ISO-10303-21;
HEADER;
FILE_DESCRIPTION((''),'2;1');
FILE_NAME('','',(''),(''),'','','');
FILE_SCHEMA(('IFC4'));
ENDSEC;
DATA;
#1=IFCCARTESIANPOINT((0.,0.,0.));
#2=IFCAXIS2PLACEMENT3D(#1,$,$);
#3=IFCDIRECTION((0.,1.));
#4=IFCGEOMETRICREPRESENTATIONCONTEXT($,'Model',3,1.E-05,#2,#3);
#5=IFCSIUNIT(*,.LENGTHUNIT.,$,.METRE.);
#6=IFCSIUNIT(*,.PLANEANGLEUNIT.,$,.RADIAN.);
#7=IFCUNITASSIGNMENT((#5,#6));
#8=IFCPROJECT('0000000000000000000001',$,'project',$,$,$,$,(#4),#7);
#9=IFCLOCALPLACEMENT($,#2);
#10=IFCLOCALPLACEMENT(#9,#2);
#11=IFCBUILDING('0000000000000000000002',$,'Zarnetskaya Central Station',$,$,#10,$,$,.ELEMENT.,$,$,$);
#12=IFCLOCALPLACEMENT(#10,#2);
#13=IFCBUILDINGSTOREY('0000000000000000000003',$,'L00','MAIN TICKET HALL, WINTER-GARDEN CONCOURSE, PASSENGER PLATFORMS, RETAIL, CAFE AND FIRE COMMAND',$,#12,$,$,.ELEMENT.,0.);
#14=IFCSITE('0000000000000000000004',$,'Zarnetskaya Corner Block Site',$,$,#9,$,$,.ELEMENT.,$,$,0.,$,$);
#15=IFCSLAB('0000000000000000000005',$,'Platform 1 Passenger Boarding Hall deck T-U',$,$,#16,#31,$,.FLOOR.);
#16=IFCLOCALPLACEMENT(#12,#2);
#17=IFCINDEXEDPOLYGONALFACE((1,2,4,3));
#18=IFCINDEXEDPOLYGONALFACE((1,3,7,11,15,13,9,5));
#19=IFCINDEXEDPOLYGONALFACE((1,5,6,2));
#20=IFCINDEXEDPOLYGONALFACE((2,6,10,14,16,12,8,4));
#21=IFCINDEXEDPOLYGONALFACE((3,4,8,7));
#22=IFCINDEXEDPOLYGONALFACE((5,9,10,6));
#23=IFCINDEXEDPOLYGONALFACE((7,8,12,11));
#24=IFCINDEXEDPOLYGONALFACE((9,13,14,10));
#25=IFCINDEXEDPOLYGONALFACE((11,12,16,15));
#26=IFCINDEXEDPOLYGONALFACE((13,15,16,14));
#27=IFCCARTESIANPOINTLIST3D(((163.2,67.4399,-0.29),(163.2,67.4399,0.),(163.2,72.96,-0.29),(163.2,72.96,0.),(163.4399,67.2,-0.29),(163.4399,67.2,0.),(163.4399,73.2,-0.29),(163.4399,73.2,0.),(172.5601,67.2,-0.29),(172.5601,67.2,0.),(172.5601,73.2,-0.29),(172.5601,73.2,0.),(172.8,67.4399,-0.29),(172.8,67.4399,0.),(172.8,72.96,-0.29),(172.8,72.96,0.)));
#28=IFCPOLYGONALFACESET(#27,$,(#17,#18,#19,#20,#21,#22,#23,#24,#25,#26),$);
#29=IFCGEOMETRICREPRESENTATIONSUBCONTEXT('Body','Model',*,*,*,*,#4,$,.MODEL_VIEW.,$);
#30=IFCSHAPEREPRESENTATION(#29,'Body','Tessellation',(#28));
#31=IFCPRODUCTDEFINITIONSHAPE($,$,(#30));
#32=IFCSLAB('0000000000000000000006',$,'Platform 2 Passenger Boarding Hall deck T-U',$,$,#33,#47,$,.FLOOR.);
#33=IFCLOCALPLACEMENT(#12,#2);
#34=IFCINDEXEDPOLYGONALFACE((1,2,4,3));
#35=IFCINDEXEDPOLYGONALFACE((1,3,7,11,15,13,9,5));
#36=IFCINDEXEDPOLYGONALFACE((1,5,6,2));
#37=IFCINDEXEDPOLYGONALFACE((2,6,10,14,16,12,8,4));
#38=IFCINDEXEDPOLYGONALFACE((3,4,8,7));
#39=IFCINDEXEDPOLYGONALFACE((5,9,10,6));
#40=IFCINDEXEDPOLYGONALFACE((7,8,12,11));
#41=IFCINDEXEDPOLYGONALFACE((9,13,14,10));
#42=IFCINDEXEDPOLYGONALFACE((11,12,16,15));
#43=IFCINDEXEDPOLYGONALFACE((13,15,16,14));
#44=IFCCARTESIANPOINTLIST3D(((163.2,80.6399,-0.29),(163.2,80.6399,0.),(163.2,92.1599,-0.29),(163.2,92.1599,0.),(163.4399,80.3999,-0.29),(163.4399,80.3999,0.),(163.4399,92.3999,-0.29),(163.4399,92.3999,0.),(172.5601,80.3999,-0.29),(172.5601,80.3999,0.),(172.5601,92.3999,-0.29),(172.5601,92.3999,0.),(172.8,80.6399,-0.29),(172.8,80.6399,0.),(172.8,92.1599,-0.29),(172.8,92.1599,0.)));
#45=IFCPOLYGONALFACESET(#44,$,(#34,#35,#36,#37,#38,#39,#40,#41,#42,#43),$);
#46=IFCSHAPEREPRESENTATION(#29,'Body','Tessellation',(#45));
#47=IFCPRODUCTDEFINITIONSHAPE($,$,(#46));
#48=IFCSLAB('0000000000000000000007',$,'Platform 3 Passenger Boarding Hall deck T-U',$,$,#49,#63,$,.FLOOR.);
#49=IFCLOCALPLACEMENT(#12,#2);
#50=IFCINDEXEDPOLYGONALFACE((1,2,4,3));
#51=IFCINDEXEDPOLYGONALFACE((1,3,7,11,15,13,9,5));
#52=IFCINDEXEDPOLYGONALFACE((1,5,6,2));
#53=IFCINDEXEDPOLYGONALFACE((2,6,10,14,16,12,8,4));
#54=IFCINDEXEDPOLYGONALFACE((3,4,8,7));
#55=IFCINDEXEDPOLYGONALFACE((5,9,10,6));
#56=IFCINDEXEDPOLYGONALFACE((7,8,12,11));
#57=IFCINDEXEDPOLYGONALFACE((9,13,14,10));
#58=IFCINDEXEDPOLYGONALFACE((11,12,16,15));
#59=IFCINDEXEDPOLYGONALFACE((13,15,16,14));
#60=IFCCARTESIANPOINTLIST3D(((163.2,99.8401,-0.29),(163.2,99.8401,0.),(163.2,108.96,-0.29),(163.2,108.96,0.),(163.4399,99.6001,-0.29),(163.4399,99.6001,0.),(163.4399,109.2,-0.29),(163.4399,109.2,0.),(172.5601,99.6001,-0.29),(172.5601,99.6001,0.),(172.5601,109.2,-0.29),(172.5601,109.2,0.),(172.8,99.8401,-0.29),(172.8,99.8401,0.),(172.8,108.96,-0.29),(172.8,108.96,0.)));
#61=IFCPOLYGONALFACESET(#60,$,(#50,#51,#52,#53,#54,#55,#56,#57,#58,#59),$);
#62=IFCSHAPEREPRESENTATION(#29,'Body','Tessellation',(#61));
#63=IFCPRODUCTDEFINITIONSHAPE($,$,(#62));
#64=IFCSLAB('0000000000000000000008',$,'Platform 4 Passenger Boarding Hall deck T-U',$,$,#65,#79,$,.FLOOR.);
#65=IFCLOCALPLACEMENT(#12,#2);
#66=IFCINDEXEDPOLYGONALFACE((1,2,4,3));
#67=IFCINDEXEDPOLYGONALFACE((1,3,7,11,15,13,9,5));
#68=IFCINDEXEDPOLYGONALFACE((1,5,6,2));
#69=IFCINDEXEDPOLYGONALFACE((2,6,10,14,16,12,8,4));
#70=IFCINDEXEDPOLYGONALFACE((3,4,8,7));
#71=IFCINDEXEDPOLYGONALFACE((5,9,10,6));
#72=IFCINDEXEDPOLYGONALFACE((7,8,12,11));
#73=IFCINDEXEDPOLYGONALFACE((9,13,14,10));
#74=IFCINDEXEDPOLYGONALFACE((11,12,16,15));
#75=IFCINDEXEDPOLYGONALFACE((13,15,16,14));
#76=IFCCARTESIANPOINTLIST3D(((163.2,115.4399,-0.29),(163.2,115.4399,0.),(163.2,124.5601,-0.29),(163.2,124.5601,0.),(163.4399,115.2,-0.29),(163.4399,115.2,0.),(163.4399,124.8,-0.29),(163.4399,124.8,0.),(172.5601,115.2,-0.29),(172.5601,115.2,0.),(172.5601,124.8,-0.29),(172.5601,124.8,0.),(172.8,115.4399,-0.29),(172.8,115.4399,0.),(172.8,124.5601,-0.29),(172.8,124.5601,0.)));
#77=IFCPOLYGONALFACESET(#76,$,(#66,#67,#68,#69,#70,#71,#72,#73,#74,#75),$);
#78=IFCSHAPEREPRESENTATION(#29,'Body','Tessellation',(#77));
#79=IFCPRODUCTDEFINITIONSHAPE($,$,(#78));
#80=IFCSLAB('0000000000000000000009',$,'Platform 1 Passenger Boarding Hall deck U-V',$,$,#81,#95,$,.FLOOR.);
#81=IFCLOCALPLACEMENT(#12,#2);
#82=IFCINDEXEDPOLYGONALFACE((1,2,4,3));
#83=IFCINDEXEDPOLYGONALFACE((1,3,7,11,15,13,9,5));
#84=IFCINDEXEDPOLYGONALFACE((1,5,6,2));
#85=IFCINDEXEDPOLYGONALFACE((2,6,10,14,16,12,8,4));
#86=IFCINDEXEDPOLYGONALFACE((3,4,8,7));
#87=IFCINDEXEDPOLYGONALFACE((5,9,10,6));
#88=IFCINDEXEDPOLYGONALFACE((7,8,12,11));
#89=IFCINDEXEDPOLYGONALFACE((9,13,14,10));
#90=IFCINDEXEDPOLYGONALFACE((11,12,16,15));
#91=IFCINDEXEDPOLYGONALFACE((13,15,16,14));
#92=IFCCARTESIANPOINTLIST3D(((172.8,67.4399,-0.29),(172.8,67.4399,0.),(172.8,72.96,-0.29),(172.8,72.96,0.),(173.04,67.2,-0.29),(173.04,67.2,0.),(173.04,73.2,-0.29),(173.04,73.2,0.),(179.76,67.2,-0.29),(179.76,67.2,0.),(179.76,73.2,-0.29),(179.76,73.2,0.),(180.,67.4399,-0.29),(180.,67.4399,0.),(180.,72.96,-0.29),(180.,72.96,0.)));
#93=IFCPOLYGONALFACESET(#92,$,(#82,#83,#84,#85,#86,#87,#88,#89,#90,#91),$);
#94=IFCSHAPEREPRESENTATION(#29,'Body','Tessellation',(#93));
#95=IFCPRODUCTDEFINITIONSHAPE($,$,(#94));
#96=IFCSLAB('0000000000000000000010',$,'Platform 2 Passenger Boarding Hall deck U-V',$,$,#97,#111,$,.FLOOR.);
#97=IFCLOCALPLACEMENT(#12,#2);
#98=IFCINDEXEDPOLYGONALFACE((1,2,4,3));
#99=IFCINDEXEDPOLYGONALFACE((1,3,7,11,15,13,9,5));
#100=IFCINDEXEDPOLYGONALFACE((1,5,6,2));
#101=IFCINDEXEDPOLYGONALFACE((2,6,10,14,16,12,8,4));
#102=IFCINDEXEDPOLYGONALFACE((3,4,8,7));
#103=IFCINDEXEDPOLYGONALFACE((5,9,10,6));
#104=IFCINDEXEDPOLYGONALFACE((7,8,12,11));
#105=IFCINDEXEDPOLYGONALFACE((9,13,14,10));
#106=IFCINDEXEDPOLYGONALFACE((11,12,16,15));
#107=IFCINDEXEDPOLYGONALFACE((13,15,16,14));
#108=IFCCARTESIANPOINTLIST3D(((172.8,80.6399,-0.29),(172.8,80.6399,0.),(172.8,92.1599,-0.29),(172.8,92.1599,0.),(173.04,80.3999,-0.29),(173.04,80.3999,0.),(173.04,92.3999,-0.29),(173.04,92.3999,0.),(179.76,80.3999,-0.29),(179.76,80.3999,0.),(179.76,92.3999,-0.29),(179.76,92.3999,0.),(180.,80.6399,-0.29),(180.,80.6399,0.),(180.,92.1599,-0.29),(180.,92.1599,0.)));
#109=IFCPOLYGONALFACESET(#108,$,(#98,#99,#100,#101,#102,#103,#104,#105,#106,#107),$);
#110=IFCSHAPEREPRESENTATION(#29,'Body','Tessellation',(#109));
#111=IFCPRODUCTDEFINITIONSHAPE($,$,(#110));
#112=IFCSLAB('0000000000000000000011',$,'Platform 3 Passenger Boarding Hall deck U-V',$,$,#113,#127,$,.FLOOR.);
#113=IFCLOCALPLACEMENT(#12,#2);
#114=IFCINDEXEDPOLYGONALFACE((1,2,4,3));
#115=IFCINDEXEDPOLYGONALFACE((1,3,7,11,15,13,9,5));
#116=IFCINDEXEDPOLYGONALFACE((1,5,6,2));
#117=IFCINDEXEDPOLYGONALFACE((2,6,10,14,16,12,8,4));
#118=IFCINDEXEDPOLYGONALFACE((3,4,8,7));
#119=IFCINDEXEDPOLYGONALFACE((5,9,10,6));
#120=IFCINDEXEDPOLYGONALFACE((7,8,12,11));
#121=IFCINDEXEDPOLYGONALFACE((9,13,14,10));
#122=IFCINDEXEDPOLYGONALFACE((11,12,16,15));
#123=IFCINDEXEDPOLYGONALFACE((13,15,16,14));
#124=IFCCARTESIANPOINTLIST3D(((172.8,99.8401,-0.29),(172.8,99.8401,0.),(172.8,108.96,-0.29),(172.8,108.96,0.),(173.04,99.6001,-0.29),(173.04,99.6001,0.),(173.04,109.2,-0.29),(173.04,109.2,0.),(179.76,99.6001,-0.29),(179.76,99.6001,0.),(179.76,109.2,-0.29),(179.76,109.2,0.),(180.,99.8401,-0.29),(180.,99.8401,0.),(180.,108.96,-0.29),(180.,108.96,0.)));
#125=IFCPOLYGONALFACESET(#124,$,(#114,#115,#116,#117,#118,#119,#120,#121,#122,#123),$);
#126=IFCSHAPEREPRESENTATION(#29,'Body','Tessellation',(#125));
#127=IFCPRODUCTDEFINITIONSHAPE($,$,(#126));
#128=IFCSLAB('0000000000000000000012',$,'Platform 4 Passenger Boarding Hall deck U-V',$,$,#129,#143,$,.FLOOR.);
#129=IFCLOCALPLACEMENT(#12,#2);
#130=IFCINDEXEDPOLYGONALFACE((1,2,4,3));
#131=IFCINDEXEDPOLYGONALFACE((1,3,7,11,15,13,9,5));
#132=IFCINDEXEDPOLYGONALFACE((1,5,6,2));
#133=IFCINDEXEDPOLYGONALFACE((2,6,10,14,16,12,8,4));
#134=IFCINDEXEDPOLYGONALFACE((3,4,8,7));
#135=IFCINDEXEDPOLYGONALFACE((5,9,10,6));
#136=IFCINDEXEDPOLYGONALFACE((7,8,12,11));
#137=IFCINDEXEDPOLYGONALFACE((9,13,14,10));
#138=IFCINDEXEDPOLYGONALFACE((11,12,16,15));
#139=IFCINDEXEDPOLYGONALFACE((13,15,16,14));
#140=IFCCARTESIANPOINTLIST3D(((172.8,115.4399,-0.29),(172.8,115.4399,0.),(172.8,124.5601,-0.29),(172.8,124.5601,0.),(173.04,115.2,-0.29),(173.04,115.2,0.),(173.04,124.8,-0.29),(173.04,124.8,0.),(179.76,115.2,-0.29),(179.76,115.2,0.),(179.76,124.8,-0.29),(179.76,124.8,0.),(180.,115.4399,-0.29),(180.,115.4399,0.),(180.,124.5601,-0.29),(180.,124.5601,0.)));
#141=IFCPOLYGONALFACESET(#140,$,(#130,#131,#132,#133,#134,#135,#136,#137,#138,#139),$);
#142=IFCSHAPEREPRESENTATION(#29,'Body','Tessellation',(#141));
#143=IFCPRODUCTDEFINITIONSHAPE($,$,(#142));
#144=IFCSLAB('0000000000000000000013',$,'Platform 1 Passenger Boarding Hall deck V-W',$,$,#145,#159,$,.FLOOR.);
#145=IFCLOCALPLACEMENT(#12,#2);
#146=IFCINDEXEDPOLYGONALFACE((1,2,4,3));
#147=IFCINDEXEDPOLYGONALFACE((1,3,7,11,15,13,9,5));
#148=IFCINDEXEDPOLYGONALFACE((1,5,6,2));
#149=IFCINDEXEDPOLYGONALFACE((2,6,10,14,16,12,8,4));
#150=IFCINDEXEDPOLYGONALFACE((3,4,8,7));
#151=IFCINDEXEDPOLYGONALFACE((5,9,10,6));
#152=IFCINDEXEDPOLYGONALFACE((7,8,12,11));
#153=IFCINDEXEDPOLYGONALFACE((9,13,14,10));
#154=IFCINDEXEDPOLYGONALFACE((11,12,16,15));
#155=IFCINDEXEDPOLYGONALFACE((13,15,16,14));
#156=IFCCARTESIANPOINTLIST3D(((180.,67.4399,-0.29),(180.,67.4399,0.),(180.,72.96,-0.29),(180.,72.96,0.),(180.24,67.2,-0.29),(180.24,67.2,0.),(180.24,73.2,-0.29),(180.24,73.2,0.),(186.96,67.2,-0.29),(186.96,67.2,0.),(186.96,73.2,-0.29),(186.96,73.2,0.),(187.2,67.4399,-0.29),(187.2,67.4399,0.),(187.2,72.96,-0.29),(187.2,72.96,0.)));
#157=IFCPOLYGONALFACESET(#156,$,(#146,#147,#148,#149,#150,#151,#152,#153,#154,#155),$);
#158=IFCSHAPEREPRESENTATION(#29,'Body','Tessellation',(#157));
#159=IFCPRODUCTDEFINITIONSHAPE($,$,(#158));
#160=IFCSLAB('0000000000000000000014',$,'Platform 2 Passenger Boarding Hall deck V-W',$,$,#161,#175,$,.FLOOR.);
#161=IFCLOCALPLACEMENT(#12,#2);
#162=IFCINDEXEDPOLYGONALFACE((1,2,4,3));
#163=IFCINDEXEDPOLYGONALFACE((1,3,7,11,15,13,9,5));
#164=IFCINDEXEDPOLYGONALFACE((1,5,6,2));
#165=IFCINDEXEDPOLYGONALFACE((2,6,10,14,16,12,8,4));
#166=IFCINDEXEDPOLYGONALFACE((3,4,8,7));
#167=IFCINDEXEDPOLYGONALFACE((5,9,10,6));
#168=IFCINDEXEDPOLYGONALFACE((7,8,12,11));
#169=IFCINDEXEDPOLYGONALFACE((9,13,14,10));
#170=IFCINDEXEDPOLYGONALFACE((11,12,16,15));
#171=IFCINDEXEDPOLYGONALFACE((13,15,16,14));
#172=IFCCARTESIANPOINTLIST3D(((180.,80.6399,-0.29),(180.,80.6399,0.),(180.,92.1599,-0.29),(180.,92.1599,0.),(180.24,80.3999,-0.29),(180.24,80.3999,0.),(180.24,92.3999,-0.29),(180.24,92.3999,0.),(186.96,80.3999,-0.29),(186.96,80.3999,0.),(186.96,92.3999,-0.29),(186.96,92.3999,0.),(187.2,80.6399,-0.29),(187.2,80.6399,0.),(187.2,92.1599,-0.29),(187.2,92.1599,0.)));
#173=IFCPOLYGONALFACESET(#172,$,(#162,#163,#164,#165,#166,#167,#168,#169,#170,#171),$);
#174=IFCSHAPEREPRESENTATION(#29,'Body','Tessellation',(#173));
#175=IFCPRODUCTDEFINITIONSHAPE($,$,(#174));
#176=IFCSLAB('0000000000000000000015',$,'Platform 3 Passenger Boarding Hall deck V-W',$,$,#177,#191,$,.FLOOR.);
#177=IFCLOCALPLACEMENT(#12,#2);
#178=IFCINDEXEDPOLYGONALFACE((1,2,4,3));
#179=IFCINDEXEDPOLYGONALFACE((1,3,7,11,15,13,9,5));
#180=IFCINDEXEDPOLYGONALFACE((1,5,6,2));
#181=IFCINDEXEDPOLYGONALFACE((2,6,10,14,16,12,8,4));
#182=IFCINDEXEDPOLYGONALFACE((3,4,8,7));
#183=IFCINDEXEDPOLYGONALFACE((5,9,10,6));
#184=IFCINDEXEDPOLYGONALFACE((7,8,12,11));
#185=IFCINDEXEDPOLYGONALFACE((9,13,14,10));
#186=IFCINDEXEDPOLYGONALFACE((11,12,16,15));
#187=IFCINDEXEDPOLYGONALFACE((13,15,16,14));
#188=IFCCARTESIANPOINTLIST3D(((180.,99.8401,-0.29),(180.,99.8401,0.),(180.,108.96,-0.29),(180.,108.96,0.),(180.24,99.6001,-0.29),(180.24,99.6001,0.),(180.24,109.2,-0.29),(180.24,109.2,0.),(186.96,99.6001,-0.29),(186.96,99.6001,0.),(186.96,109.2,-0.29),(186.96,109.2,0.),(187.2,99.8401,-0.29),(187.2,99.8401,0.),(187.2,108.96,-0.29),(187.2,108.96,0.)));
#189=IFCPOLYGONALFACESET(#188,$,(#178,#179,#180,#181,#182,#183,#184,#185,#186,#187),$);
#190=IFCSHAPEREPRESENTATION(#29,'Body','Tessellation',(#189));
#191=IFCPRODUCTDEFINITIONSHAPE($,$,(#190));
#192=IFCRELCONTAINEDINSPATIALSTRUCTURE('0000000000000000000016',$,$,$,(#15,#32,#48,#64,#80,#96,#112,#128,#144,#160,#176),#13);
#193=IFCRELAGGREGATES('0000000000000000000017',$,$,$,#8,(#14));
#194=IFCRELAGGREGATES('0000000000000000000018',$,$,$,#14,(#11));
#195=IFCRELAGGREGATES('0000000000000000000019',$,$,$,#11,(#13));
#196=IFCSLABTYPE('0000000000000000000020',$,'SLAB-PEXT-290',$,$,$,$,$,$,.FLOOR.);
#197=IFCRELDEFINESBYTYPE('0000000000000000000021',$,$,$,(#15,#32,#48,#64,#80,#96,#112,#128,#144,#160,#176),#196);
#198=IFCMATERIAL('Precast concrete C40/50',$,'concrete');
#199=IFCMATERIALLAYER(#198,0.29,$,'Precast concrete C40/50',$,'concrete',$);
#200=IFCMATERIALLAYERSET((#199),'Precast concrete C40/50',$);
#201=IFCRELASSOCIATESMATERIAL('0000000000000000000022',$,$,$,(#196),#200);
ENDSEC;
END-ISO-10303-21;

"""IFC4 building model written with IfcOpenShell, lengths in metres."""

from ifc_helpers import new_model, si_unit, direction, frame, origin, place, context, subcontext, project, spatial, polyline, outline, extrude, material, layer, layer_set, type_object, element, save


model = new_model("IFC4")

# Units and contexts
model_context = context("Model", 3, precision=1e-05, world=origin(), true_north=direction((0.0, 1.0)))
body_context = subcontext(model_context, "Body", "Model", "MODEL_VIEW")
ifc_project = project(units=[si_unit("LENGTHUNIT", "METRE"), si_unit("PLANEANGLEUNIT", "RADIAN")], contexts=[model_context])

# Site, building, storey
site_placement = place(None, origin())
site = spatial("IfcSite", under=ifc_project, at=site_placement, Name="Zarnetskaya Corner Block Site", CompositionType="ELEMENT", RefElevation=0.0)
building_placement = place(site_placement, origin())
building = spatial("IfcBuilding", under=site, at=building_placement, Name="Zarnetskaya Central Station", CompositionType="ELEMENT")
storey_placement = place(building_placement, origin())
storey = spatial("IfcBuildingStorey", under=building, at=storey_placement, Name="L00", Description="MAIN TICKET HALL, WINTER-GARDEN CONCOURSE, PASSENGER PLATFORMS, RETAIL, CAFE AND FIRE COMMAND", CompositionType="ELEMENT", Elevation=0.0)

# Slabs
ifc_material_1 = material(Name="Precast concrete C40/50", Category="concrete")
ifc_layer_1 = layer(ifc_material_1, 0.29, Name="Precast concrete C40/50", Category="concrete")
ifc_layer_set_1 = layer_set([ifc_layer_1], Name="Precast concrete C40/50")
slab_type = type_object("IfcSlabType", Name="SLAB-PEXT-290", PredefinedType="FLOOR", material=ifc_layer_set_1)
slab_1_placement = place(storey_placement, frame((0.0, 0.0, -0.29)))
element("IfcSlab", 1, at=slab_1_placement, inside=storey, type_object=slab_type, Name="Platform 1 Passenger Boarding Hall deck T-U", PredefinedType="FLOOR", context=body_context, shape_type="SweptSolid", body=[
    extrude(outline(polyline([(163.4399, 67.2), (172.5601, 67.2), (172.8, 67.4399), (172.8, 72.96), (172.5601, 73.2), (163.4399, 73.2), (163.2, 72.96), (163.2, 67.4399), (163.4399, 67.2)])), origin(), (0.0, 0.0, 1.0), 0.29),
])
slab_2_placement = place(storey_placement, frame((0.0, 0.0, -0.29)))
element("IfcSlab", 2, at=slab_2_placement, inside=storey, type_object=slab_type, Name="Platform 2 Passenger Boarding Hall deck T-U", PredefinedType="FLOOR", context=body_context, shape_type="SweptSolid", body=[
    extrude(outline(polyline([(163.4399, 80.3999), (172.5601, 80.3999), (172.8, 80.6399), (172.8, 92.1599), (172.5601, 92.3999), (163.4399, 92.3999), (163.2, 92.1599), (163.2, 80.6399), (163.4399, 80.3999)])), origin(), (0.0, 0.0, 1.0), 0.29),
])
slab_3_placement = place(storey_placement, frame((0.0, 0.0, -0.29)))
element("IfcSlab", 3, at=slab_3_placement, inside=storey, type_object=slab_type, Name="Platform 3 Passenger Boarding Hall deck T-U", PredefinedType="FLOOR", context=body_context, shape_type="SweptSolid", body=[
    extrude(outline(polyline([(163.4399, 99.6001), (172.5601, 99.6001), (172.8, 99.8401), (172.8, 108.96), (172.5601, 109.2), (163.4399, 109.2), (163.2, 108.96), (163.2, 99.8401), (163.4399, 99.6001)])), origin(), (0.0, 0.0, 1.0), 0.29),
])
slab_4_placement = place(storey_placement, frame((0.0, 0.0, -0.29)))
element("IfcSlab", 4, at=slab_4_placement, inside=storey, type_object=slab_type, Name="Platform 4 Passenger Boarding Hall deck T-U", PredefinedType="FLOOR", context=body_context, shape_type="SweptSolid", body=[
    extrude(outline(polyline([(163.4399, 115.2), (172.5601, 115.2), (172.8, 115.4399), (172.8, 124.5601), (172.5601, 124.8), (163.4399, 124.8), (163.2, 124.5601), (163.2, 115.4399), (163.4399, 115.2)])), origin(), (0.0, 0.0, 1.0), 0.29),
])
slab_5_placement = place(storey_placement, frame((0.0, 0.0, -0.29)))
element("IfcSlab", 5, at=slab_5_placement, inside=storey, type_object=slab_type, Name="Platform 1 Passenger Boarding Hall deck U-V", PredefinedType="FLOOR", context=body_context, shape_type="SweptSolid", body=[
    extrude(outline(polyline([(173.04, 67.2), (179.76, 67.2), (180.0, 67.4399), (180.0, 72.96), (179.76, 73.2), (173.04, 73.2), (172.8, 72.96), (172.8, 67.4399), (173.04, 67.2)])), origin(), (0.0, 0.0, 1.0), 0.29),
])
slab_6_placement = place(storey_placement, frame((0.0, 0.0, -0.29)))
element("IfcSlab", 6, at=slab_6_placement, inside=storey, type_object=slab_type, Name="Platform 2 Passenger Boarding Hall deck U-V", PredefinedType="FLOOR", context=body_context, shape_type="SweptSolid", body=[
    extrude(outline(polyline([(173.04, 80.3999), (179.76, 80.3999), (180.0, 80.6399), (180.0, 92.1599), (179.76, 92.3999), (173.04, 92.3999), (172.8, 92.1599), (172.8, 80.6399), (173.04, 80.3999)])), origin(), (0.0, 0.0, 1.0), 0.29),
])
slab_7_placement = place(storey_placement, frame((0.0, 0.0, -0.29)))
element("IfcSlab", 7, at=slab_7_placement, inside=storey, type_object=slab_type, Name="Platform 3 Passenger Boarding Hall deck U-V", PredefinedType="FLOOR", context=body_context, shape_type="SweptSolid", body=[
    extrude(outline(polyline([(173.04, 99.6001), (179.76, 99.6001), (180.0, 99.8401), (180.0, 108.96), (179.76, 109.2), (173.04, 109.2), (172.8, 108.96), (172.8, 99.8401), (173.04, 99.6001)])), origin(), (0.0, 0.0, 1.0), 0.29),
])
slab_8_placement = place(storey_placement, frame((0.0, 0.0, -0.29)))
element("IfcSlab", 8, at=slab_8_placement, inside=storey, type_object=slab_type, Name="Platform 4 Passenger Boarding Hall deck U-V", PredefinedType="FLOOR", context=body_context, shape_type="SweptSolid", body=[
    extrude(outline(polyline([(173.04, 115.2), (179.76, 115.2), (180.0, 115.4399), (180.0, 124.5601), (179.76, 124.8), (173.04, 124.8), (172.8, 124.5601), (172.8, 115.4399), (173.04, 115.2)])), origin(), (0.0, 0.0, 1.0), 0.29),
])
slab_9_placement = place(storey_placement, frame((0.0, 0.0, -0.29)))
element("IfcSlab", 9, at=slab_9_placement, inside=storey, type_object=slab_type, Name="Platform 1 Passenger Boarding Hall deck V-W", PredefinedType="FLOOR", context=body_context, shape_type="SweptSolid", body=[
    extrude(outline(polyline([(180.24, 67.2), (186.96, 67.2), (187.2, 67.4399), (187.2, 72.96), (186.96, 73.2), (180.24, 73.2), (180.0, 72.96), (180.0, 67.4399), (180.24, 67.2)])), origin(), (0.0, 0.0, 1.0), 0.29),
])
slab_10_placement = place(storey_placement, frame((0.0, 0.0, -0.29)))
element("IfcSlab", 10, at=slab_10_placement, inside=storey, type_object=slab_type, Name="Platform 2 Passenger Boarding Hall deck V-W", PredefinedType="FLOOR", context=body_context, shape_type="SweptSolid", body=[
    extrude(outline(polyline([(180.24, 80.3999), (186.96, 80.3999), (187.2, 80.6399), (187.2, 92.1599), (186.96, 92.3999), (180.24, 92.3999), (180.0, 92.1599), (180.0, 80.6399), (180.24, 80.3999)])), origin(), (0.0, 0.0, 1.0), 0.29),
])
slab_11_placement = place(storey_placement, frame((0.0, 0.0, -0.29)))
element("IfcSlab", 11, at=slab_11_placement, inside=storey, type_object=slab_type, Name="Platform 3 Passenger Boarding Hall deck V-W", PredefinedType="FLOOR", context=body_context, shape_type="SweptSolid", body=[
    extrude(outline(polyline([(180.24, 99.6001), (186.96, 99.6001), (187.2, 99.8401), (187.2, 108.96), (186.96, 109.2), (180.24, 109.2), (180.0, 108.96), (180.0, 99.8401), (180.24, 99.6001)])), origin(), (0.0, 0.0, 1.0), 0.29),
])

save(model, "model.ifc")
